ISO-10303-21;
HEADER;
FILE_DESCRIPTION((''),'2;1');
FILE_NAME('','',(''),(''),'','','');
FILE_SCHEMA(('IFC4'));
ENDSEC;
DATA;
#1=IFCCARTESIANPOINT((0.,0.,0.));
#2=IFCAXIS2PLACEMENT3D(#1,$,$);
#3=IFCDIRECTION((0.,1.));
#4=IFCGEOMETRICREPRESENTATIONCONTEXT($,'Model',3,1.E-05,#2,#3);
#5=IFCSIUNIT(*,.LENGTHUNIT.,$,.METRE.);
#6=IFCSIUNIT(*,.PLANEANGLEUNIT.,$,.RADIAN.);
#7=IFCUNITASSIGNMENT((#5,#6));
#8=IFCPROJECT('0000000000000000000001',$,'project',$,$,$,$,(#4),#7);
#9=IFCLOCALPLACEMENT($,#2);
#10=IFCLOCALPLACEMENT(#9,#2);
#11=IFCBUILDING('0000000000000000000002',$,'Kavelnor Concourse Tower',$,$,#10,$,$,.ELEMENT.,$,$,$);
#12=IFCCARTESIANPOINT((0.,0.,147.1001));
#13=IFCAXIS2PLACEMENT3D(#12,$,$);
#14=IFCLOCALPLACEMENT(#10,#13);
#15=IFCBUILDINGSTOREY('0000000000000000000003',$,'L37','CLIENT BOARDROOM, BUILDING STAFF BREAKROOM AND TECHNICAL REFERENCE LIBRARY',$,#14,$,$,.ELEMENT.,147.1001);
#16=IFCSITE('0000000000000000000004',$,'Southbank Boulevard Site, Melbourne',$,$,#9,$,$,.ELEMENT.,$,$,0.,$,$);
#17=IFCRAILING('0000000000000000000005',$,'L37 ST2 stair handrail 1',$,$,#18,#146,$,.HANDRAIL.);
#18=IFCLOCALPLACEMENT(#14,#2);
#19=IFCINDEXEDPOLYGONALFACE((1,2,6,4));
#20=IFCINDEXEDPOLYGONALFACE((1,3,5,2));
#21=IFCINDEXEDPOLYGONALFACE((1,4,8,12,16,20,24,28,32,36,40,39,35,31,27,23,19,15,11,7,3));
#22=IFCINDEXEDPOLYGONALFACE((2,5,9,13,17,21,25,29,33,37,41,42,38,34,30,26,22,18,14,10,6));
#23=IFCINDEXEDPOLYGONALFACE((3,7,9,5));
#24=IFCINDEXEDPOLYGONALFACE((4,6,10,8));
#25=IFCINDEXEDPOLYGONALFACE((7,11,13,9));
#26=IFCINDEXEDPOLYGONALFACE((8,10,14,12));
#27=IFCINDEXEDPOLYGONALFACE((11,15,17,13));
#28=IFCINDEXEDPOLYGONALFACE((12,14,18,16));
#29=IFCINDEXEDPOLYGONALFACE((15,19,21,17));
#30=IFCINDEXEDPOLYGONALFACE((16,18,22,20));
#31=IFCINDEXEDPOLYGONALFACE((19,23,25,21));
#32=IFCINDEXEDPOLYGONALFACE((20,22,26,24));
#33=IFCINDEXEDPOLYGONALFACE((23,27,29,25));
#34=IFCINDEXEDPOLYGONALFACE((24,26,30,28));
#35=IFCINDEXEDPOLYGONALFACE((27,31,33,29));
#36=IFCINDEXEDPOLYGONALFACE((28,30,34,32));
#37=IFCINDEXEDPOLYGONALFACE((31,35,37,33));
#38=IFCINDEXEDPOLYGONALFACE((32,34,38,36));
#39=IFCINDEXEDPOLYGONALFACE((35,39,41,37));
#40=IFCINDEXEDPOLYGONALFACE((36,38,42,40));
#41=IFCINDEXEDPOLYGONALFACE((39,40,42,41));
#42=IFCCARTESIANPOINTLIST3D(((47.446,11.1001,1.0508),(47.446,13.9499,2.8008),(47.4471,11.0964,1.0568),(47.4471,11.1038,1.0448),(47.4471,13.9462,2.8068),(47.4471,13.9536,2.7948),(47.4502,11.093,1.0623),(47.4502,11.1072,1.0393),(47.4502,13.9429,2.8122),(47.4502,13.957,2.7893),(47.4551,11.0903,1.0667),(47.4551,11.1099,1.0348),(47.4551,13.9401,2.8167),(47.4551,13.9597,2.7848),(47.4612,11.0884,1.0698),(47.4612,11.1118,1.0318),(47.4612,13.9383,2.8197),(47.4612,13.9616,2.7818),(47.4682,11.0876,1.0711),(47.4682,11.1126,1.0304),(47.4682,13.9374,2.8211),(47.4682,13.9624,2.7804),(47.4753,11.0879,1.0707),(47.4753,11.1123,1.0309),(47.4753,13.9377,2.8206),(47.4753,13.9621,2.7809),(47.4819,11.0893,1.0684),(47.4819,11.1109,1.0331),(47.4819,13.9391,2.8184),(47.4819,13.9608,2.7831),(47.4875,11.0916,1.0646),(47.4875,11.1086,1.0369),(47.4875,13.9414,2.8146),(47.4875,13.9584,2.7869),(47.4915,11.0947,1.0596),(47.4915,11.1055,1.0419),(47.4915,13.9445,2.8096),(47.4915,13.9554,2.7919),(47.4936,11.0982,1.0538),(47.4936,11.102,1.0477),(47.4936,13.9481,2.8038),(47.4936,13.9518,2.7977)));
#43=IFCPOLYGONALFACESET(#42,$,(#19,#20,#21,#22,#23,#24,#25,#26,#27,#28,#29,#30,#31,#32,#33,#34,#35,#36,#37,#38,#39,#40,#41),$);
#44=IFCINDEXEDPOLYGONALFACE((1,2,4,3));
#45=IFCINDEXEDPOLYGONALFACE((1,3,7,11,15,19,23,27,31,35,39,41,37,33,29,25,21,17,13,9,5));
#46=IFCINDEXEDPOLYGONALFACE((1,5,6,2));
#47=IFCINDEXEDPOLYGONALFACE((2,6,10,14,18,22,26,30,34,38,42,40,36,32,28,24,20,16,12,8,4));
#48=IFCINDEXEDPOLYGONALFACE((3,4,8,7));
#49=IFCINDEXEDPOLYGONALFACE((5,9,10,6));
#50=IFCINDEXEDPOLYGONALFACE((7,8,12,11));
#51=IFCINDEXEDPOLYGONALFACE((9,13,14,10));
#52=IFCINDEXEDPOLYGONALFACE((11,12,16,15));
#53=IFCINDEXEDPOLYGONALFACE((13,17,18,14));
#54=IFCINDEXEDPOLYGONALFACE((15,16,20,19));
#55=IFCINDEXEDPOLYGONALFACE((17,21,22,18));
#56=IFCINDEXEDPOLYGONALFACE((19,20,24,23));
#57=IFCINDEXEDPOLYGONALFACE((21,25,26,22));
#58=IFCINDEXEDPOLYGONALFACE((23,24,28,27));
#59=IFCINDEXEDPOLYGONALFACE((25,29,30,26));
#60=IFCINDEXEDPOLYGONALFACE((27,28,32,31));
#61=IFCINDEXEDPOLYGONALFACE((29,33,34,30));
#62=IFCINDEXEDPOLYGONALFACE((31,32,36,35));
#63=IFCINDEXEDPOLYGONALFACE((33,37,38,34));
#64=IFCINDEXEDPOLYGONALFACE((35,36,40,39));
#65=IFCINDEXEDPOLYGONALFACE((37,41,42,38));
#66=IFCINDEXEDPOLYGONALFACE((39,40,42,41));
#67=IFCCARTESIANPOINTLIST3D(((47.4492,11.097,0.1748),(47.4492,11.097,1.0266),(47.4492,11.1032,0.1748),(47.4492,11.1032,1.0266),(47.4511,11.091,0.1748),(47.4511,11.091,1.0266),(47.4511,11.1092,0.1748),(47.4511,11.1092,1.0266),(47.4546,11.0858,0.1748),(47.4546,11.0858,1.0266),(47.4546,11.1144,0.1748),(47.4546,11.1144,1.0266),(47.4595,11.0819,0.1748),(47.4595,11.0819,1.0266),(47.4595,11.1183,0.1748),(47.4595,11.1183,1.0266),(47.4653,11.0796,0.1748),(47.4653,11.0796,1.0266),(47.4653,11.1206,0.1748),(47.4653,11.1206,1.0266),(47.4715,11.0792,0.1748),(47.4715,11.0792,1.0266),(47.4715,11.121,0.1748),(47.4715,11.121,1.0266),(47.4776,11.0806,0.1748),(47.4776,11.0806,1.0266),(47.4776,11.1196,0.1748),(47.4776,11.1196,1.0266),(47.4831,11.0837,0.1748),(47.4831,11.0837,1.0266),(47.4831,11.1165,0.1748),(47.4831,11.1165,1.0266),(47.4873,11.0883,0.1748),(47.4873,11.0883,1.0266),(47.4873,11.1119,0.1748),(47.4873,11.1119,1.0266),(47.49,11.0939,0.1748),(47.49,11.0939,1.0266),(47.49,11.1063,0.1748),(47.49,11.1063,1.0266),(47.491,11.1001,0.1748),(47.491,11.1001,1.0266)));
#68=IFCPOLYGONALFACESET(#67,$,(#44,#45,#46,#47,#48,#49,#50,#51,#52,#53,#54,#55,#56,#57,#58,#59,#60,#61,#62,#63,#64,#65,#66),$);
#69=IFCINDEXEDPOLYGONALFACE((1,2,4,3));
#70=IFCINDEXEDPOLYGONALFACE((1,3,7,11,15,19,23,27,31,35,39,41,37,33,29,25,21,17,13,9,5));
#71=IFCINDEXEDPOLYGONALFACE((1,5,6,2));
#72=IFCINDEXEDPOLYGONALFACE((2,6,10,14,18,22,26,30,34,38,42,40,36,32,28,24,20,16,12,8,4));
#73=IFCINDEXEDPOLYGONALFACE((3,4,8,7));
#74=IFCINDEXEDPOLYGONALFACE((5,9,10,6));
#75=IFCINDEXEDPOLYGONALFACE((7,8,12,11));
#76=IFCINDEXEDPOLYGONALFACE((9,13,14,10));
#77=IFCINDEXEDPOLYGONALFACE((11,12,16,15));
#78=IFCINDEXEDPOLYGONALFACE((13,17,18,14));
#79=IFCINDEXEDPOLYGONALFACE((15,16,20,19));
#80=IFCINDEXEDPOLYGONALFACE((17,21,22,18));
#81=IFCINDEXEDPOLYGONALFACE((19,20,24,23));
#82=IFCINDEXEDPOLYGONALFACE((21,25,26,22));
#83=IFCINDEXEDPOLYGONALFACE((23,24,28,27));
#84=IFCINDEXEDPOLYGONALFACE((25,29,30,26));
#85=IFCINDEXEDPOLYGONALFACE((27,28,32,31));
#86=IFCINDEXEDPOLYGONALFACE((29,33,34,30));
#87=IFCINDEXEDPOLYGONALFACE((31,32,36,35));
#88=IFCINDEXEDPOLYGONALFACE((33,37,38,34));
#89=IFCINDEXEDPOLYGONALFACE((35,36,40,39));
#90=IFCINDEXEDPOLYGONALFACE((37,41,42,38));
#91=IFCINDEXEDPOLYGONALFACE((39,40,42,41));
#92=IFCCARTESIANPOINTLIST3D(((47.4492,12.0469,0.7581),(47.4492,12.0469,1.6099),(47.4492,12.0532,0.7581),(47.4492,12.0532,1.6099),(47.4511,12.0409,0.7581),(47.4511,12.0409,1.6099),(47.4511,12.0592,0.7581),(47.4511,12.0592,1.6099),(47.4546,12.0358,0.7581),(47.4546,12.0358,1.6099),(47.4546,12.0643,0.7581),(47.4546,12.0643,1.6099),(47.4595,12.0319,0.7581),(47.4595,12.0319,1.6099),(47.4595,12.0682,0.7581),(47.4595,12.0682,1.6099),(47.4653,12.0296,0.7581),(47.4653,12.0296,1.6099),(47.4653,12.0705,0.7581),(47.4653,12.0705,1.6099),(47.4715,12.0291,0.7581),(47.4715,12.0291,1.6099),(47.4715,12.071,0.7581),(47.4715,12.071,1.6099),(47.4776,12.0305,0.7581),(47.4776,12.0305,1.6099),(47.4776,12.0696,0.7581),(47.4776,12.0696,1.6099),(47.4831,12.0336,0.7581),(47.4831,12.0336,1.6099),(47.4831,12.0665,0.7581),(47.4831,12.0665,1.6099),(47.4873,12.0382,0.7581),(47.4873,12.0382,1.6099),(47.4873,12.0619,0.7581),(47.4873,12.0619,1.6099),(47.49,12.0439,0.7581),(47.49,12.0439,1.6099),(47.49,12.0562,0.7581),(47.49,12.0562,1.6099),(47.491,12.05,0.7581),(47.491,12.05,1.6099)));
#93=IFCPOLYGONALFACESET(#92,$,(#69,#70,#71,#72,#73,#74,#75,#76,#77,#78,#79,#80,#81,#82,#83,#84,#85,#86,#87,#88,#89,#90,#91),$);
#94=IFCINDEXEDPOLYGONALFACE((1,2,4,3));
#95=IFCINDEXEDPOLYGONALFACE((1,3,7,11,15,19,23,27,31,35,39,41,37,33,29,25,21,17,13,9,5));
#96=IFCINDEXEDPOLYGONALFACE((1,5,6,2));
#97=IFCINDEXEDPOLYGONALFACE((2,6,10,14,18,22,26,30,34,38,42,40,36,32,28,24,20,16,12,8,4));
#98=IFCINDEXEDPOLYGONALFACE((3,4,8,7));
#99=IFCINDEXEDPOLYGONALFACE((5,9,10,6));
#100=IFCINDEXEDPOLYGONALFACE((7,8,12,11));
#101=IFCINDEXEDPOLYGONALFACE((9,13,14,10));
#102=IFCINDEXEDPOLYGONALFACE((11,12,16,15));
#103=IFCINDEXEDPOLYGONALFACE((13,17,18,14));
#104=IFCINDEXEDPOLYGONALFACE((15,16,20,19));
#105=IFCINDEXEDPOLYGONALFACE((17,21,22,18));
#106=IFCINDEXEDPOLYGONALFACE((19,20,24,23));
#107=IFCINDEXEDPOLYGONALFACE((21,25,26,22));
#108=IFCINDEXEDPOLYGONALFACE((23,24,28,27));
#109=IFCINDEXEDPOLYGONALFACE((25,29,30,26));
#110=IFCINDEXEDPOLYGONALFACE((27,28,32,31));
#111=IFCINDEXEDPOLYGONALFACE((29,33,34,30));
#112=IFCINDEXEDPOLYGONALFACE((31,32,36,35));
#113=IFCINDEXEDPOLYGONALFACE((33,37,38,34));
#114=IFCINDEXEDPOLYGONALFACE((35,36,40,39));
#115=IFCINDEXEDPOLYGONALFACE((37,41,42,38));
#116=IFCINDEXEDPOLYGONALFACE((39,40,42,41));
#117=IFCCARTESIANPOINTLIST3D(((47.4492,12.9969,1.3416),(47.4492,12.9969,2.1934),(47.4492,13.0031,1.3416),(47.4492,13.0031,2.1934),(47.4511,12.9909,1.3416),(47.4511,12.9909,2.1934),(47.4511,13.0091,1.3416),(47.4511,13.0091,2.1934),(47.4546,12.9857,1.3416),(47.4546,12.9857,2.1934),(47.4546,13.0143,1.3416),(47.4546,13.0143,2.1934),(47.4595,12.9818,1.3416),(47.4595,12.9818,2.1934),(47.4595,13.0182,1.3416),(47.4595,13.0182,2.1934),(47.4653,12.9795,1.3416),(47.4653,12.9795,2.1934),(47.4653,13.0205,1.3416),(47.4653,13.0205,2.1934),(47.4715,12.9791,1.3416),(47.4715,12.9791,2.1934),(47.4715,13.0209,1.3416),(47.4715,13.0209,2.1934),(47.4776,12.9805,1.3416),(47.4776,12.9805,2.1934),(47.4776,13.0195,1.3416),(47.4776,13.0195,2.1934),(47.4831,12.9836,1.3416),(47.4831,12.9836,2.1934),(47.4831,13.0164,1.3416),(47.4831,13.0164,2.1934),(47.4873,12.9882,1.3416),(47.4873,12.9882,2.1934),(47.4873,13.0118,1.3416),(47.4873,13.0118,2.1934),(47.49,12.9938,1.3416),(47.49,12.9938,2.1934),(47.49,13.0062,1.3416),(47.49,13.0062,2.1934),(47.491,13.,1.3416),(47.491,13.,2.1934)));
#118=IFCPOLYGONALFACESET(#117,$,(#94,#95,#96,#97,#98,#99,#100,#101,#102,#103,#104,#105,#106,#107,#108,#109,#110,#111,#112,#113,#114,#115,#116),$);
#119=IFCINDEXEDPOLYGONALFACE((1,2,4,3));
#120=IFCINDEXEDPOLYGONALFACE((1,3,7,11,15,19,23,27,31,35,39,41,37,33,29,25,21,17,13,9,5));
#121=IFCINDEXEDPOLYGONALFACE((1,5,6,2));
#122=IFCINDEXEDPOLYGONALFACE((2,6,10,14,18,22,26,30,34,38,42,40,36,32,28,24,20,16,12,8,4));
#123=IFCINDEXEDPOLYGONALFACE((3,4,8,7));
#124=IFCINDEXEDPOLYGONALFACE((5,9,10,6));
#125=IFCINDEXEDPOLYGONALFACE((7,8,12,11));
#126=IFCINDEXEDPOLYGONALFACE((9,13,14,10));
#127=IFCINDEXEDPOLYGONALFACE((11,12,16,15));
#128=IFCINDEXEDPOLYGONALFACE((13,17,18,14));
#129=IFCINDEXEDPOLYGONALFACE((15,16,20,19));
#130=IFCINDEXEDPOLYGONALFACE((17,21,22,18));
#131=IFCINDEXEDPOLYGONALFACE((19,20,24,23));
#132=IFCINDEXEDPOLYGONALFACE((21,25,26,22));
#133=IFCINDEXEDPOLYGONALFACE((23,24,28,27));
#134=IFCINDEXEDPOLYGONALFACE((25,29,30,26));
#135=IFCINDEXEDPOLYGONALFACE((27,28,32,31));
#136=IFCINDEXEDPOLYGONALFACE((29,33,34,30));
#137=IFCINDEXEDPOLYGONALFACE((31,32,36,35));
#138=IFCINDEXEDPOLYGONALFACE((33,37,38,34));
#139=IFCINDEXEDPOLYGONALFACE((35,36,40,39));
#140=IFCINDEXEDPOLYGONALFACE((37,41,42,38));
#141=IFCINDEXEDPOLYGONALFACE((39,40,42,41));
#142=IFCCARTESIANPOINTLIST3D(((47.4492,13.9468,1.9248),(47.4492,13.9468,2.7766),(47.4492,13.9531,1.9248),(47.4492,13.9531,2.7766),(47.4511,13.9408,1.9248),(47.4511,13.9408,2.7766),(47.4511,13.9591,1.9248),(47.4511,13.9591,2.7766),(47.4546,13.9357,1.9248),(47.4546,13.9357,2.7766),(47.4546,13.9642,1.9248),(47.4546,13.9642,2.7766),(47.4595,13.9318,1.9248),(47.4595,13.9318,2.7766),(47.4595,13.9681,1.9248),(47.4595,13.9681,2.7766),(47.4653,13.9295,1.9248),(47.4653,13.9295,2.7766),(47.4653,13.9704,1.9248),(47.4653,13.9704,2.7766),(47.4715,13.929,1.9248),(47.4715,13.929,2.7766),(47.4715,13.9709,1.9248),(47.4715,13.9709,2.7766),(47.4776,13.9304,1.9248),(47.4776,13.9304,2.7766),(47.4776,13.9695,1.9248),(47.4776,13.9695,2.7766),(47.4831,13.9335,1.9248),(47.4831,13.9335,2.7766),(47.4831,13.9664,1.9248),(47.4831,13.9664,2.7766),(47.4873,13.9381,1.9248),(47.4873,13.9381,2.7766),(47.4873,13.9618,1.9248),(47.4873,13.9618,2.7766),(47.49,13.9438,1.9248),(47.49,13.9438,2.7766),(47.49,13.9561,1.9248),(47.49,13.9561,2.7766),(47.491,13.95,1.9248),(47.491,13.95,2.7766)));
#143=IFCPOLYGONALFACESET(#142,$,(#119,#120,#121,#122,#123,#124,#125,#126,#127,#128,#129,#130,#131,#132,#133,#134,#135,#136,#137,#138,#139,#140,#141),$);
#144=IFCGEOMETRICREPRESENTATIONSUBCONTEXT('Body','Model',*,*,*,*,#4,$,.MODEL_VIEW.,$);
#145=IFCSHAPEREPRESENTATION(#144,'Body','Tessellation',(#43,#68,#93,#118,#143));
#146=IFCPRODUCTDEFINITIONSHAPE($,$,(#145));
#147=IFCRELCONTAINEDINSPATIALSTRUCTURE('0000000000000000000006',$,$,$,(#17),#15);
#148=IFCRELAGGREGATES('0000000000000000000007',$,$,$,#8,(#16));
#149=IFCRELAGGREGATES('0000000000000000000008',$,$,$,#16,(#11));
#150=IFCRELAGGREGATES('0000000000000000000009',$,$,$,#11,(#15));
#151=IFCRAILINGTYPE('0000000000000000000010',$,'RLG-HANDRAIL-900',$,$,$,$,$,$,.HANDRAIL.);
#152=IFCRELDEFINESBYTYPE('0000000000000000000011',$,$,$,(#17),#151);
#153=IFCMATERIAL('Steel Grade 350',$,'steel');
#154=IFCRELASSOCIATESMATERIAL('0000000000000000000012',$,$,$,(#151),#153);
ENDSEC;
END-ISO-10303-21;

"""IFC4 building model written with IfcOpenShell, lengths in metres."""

from ifc_helpers import new_model, si_unit, direction, frame, origin, origin_2d, place, context, subcontext, project, spatial, circle, extrude, material, type_object, element, save


model = new_model("IFC4")

# Units and contexts
model_context = context("Model", 3, precision=1e-05, world=origin(), true_north=direction((0.0, 1.0)))
body_context = subcontext(model_context, "Body", "Model", "MODEL_VIEW")
ifc_project = project(units=[si_unit("LENGTHUNIT", "METRE"), si_unit("PLANEANGLEUNIT", "RADIAN")], contexts=[model_context])

# Site, building, storey
site_placement = place(None, origin())
site = spatial("IfcSite", under=ifc_project, at=site_placement, Name="Southbank Boulevard Site, Melbourne", CompositionType="ELEMENT", RefElevation=0.0)
building_placement = place(site_placement, origin())
building = spatial("IfcBuilding", under=site, at=building_placement, Name="Kavelnor Concourse Tower", CompositionType="ELEMENT")
storey_placement = place(building_placement, frame((0.0, 0.0, 147.1001)))
storey = spatial("IfcBuildingStorey", under=building, at=storey_placement, Name="L37", Description="CLIENT BOARDROOM, BUILDING STAFF BREAKROOM AND TECHNICAL REFERENCE LIBRARY", CompositionType="ELEMENT", Elevation=147.1001)

# Shared definitions
ifc_material_1 = material(Name="Steel Grade 350", Category="steel")

# Railing
railing_type_1 = type_object("IfcRailingType", Name="RLG-HANDRAIL-900", PredefinedType="HANDRAIL", material=ifc_material_1)
railing_1_placement = place(storey_placement, frame((47.47, 11.1001, 0.1748)))
element("IfcRailing", 1, at=railing_1_placement, inside=storey, type_object=railing_type_1, Name="L37 ST2 stair handrail 1", PredefinedType="HANDRAIL", context=body_context, shape_type="SweptSolid", body=[
    extrude(circle(Radius=0.0239, at=origin_2d()), frame((0.0, 0.0, 0.876), z_axis=(0.0, 0.852159, 0.523283), x_axis=(-1.0, 0.0, 0.0)), (0.0, 0.0, 1.0), 3.3442),
    extrude(circle(Radius=0.021, at=origin_2d()), origin(), (0.0, 0.0, 1.0), 0.8518),
    extrude(circle(Radius=0.021, at=origin_2d()), frame((0.0, 0.95, 0.5833)), (0.0, 0.0, 1.0), 0.8518),
    extrude(circle(Radius=0.021, at=origin_2d()), frame((0.0, 1.8999, 1.1667)), (0.0, 0.0, 1.0), 0.8518),
    extrude(circle(Radius=0.021, at=origin_2d()), frame((0.0, 2.8499, 1.75)), (0.0, 0.0, 1.0), 0.8518),
])

save(model, "model.ifc")
